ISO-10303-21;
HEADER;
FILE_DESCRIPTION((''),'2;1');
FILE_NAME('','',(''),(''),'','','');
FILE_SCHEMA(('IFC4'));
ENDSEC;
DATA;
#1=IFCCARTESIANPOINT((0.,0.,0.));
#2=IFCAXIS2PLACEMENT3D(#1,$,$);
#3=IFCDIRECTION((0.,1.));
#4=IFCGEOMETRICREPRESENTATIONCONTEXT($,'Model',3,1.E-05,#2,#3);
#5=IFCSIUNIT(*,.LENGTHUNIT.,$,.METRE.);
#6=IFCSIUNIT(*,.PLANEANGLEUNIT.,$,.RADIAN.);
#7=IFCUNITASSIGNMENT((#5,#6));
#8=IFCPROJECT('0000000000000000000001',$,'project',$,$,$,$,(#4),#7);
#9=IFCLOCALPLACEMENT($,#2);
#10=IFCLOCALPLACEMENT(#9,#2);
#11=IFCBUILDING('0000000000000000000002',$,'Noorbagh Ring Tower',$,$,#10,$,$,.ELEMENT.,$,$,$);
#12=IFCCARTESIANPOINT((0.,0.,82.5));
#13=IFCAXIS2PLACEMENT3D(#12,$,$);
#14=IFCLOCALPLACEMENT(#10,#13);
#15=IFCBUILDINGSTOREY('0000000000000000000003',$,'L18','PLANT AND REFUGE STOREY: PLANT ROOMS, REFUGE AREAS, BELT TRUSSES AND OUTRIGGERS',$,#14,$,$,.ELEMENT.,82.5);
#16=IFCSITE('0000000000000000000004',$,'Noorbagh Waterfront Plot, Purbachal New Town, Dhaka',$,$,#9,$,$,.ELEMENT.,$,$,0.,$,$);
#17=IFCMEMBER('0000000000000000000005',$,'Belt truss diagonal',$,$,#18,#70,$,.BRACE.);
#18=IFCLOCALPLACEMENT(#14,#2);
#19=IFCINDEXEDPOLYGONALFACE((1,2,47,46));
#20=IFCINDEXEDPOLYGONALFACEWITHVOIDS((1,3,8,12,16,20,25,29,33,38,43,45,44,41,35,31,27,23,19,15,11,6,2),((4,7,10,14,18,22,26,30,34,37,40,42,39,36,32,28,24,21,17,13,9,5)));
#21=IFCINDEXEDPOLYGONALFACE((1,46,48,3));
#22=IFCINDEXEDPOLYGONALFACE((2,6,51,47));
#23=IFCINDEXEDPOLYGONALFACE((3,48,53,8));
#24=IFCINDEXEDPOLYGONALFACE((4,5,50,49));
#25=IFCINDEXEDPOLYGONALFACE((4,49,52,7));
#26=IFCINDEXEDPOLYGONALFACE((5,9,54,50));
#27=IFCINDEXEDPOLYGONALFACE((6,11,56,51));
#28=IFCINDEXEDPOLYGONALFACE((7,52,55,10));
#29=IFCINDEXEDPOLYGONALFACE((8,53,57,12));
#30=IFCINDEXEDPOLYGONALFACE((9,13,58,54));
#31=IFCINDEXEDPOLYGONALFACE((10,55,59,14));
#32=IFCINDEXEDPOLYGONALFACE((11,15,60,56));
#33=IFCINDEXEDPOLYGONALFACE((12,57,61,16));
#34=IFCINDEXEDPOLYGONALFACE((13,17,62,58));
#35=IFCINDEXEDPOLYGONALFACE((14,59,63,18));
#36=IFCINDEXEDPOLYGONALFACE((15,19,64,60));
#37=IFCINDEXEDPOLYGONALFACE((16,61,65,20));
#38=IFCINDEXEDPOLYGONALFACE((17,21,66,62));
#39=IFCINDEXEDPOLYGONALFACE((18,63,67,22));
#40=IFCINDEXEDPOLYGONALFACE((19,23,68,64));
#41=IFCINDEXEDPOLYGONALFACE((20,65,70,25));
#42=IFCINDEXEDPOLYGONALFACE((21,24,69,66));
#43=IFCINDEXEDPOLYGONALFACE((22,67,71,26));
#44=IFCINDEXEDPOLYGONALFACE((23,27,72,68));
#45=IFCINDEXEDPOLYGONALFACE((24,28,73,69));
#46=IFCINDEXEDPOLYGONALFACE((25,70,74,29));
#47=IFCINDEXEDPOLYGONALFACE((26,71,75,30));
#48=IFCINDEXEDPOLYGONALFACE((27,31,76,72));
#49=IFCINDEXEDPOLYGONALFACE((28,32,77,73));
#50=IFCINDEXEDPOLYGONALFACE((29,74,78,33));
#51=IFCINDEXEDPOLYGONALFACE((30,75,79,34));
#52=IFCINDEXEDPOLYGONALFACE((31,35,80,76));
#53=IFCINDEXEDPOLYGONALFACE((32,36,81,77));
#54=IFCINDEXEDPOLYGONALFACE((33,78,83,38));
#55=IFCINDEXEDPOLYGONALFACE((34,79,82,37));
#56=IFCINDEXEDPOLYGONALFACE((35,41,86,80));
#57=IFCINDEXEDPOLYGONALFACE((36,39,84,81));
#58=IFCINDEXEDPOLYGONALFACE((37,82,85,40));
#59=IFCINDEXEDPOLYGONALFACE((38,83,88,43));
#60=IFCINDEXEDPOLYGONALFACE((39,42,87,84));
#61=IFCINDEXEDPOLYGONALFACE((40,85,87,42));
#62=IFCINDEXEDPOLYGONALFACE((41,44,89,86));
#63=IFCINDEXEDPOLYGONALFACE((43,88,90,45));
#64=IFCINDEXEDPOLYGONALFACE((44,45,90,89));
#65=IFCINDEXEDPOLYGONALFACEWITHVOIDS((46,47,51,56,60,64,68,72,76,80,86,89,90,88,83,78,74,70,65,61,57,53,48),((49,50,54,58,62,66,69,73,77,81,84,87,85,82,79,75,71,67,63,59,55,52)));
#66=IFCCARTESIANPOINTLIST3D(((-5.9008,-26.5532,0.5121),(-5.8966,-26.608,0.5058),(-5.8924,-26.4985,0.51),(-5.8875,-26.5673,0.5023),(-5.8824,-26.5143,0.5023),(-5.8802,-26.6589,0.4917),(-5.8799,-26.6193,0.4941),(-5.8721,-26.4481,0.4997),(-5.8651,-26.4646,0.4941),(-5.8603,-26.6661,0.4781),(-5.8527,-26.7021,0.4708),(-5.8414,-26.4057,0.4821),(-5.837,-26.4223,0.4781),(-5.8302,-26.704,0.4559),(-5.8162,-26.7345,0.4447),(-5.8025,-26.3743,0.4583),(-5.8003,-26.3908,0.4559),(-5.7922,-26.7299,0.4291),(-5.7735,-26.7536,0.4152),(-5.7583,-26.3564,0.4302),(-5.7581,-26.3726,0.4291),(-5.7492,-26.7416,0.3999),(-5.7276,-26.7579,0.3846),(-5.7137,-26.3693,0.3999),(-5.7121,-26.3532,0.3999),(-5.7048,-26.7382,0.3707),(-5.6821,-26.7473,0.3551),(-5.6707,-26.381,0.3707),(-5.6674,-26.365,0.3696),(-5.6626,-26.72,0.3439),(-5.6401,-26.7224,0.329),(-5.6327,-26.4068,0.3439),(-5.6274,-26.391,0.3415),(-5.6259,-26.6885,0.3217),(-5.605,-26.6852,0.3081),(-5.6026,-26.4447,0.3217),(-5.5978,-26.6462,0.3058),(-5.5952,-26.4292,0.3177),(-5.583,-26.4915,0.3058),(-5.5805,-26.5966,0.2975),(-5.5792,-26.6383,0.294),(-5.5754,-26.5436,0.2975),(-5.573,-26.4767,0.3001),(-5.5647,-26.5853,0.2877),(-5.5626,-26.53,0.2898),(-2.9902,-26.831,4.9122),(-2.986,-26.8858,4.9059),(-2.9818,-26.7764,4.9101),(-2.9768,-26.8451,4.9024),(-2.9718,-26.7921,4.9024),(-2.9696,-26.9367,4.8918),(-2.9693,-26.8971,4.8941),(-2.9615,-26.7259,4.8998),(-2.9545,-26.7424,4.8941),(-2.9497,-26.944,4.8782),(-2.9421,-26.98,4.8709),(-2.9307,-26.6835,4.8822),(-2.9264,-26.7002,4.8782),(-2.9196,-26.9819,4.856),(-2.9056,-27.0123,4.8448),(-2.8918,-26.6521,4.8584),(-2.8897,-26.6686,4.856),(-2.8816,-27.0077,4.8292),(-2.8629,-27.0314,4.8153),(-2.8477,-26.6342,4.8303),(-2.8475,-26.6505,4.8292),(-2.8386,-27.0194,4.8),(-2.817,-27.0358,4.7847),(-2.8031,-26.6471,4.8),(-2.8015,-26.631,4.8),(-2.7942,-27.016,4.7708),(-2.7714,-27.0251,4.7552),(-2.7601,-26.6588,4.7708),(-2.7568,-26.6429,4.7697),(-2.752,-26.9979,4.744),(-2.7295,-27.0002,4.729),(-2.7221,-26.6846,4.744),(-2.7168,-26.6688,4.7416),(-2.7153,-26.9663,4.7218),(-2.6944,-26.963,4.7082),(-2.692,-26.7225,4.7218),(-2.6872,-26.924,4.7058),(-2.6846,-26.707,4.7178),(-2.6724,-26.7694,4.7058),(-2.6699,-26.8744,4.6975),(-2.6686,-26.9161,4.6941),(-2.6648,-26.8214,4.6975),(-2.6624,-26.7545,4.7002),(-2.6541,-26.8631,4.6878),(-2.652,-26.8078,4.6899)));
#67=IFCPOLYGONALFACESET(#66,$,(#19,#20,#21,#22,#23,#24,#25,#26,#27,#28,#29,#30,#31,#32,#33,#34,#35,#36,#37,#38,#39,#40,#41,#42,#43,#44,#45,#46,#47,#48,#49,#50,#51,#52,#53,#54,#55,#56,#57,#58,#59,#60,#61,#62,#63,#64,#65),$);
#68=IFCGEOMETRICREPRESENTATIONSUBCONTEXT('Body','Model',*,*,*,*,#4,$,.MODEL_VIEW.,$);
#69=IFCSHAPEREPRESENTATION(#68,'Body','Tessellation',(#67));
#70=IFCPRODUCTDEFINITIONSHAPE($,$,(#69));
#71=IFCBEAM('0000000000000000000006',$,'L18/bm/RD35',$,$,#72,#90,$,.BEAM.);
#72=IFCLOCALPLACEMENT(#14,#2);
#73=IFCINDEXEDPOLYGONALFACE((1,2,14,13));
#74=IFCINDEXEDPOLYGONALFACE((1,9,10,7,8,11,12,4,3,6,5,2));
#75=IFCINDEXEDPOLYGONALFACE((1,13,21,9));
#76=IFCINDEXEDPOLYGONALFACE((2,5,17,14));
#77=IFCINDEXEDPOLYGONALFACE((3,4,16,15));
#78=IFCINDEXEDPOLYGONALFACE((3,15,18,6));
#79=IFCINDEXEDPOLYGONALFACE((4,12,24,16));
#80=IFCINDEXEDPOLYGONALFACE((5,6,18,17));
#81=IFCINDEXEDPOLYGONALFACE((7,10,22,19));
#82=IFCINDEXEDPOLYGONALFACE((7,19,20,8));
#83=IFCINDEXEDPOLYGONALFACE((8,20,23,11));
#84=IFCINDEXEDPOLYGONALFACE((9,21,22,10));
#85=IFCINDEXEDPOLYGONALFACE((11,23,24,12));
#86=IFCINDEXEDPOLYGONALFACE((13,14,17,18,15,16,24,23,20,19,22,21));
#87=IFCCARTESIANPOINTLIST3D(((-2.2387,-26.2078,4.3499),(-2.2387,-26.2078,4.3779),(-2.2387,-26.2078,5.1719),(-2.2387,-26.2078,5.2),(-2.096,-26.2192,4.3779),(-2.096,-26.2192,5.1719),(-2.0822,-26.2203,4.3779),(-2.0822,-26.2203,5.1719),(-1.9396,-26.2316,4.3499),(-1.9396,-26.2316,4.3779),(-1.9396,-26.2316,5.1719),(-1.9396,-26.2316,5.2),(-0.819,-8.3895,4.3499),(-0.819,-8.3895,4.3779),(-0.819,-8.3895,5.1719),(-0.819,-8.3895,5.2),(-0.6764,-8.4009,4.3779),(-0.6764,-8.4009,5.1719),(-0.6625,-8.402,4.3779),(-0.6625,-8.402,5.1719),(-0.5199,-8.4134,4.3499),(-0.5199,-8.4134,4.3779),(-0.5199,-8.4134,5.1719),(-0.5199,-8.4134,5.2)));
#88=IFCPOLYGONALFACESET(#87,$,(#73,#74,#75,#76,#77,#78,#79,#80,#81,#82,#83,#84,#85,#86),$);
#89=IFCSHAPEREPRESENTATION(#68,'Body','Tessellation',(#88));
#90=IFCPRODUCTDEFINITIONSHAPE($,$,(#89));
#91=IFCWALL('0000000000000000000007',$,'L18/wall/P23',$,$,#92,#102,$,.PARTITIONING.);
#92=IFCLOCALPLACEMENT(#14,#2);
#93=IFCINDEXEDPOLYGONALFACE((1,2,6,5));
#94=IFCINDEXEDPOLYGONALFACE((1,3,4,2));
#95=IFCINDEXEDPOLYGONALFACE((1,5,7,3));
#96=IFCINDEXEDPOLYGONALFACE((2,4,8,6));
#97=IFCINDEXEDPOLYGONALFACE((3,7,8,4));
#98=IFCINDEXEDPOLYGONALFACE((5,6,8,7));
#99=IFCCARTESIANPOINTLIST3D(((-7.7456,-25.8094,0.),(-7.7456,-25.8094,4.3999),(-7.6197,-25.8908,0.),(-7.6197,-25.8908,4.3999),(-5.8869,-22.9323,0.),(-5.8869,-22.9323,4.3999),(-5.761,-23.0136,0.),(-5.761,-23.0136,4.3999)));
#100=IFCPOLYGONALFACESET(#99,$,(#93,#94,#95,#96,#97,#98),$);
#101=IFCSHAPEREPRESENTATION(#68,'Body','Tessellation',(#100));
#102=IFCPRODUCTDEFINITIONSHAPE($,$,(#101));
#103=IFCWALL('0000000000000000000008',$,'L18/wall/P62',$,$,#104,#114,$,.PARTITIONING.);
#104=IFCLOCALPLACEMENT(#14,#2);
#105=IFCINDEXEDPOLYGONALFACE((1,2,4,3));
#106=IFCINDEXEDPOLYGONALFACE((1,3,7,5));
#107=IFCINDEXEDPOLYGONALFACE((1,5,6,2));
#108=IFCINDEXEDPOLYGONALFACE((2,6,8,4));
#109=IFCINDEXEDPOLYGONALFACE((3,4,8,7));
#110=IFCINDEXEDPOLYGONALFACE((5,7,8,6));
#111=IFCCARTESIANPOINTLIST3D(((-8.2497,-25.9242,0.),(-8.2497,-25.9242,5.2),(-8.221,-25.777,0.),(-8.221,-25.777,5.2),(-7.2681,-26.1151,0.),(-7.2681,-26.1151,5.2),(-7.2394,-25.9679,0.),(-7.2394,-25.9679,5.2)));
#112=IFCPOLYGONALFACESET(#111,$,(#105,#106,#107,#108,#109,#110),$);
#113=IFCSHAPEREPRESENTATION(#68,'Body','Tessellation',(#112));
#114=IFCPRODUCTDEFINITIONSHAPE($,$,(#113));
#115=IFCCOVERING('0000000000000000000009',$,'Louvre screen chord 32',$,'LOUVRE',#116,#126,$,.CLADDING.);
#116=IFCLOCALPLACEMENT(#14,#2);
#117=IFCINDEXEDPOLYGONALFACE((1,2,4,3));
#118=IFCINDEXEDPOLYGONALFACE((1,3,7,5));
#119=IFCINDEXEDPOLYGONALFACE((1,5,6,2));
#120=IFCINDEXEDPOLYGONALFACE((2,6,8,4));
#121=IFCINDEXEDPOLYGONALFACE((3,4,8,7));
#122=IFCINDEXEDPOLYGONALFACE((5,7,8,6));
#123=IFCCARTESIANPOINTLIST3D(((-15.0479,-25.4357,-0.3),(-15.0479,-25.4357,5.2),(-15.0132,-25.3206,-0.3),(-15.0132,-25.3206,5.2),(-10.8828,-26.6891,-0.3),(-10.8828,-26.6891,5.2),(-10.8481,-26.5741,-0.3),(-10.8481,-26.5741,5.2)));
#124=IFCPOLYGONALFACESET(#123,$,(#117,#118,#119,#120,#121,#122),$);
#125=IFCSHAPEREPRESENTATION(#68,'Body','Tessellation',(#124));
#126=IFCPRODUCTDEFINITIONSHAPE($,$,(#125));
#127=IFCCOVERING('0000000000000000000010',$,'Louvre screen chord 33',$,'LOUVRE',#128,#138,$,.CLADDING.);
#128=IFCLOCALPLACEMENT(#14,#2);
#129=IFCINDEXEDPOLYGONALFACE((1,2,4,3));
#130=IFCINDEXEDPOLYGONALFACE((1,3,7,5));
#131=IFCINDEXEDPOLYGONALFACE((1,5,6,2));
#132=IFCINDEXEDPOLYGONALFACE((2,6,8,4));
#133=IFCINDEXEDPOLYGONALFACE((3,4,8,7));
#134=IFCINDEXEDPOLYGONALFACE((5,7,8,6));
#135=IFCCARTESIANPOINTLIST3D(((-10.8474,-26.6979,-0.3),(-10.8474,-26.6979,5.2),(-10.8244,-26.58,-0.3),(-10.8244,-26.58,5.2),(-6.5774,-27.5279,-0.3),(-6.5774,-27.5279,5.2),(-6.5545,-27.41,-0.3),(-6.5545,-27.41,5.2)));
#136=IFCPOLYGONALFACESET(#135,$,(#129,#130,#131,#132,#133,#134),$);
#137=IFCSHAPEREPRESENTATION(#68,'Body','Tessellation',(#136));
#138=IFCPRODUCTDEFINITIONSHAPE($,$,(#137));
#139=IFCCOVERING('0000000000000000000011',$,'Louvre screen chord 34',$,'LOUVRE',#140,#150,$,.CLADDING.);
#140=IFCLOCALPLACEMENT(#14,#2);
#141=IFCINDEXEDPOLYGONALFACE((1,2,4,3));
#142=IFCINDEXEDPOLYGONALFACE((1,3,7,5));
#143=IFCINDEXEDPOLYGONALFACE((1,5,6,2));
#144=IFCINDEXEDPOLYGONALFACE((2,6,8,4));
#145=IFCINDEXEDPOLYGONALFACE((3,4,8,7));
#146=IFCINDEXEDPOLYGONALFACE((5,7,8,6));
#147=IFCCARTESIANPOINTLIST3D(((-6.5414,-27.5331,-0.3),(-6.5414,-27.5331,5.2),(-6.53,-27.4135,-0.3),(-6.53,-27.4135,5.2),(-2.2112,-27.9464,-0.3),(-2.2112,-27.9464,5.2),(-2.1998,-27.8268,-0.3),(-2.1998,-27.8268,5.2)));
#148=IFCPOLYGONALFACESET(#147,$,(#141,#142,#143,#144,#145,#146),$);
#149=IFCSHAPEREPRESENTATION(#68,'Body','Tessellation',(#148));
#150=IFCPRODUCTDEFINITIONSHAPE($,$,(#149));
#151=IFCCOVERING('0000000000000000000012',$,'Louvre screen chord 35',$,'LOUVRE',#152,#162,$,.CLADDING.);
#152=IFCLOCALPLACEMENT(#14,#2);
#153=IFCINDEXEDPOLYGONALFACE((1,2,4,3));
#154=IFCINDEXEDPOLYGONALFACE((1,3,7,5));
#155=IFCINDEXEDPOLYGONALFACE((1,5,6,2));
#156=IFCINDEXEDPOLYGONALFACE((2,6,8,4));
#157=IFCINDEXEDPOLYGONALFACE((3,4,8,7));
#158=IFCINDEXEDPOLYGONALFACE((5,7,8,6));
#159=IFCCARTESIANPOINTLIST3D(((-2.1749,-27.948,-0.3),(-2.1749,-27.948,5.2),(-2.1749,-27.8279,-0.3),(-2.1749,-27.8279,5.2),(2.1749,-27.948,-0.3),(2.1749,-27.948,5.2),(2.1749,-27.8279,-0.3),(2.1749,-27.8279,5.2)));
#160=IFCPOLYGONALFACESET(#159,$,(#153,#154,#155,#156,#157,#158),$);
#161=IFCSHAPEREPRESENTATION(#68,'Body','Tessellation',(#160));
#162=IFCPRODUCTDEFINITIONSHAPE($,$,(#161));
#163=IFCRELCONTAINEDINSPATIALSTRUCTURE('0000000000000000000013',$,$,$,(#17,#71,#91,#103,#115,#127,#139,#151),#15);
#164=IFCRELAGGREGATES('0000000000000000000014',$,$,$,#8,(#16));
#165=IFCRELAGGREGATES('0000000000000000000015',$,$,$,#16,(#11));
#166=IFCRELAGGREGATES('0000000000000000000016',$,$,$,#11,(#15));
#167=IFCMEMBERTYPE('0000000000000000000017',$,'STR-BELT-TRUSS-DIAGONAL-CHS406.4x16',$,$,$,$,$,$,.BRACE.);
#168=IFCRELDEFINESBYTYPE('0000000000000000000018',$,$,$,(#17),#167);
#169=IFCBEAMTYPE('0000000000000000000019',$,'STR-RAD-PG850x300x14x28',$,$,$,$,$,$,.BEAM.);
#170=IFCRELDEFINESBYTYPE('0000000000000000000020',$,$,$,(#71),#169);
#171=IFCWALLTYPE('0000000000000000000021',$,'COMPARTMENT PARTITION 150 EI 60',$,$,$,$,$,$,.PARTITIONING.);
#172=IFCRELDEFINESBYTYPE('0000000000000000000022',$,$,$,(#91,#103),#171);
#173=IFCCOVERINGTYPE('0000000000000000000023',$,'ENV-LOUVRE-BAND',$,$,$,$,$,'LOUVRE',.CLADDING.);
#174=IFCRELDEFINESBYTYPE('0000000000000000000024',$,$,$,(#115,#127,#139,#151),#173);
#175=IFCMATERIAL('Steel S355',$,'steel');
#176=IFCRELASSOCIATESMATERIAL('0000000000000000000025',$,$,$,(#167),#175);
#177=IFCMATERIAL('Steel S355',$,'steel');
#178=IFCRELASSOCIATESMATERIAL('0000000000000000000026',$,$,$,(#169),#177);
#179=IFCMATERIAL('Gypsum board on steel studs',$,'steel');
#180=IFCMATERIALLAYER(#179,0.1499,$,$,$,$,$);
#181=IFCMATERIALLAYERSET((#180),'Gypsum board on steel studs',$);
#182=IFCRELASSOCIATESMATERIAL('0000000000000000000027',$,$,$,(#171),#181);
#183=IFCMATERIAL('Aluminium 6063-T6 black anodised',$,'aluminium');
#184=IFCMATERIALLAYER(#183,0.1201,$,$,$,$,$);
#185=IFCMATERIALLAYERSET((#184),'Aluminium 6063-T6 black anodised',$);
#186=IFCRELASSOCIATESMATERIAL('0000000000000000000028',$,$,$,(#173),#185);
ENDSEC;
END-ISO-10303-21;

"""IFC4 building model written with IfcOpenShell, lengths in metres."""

from ifc_helpers import new_model, si_unit, direction, frame, frame_2d, origin, origin_2d, place, context, subcontext, project, spatial, rectangle, hollow_circle, i_section, extrude, material, layer, layer_set, material_profile, profile_set, type_object, element, save


model = new_model("IFC4")

# Units and contexts
model_context = context("Model", 3, precision=1e-05, world=origin(), true_north=direction((0.0, 1.0)))
body_context = subcontext(model_context, "Body", "Model", "MODEL_VIEW")
ifc_project = project(units=[si_unit("LENGTHUNIT", "METRE"), si_unit("PLANEANGLEUNIT", "RADIAN")], contexts=[model_context])

# Site, building, storey
site_placement = place(None, origin())
site = spatial("IfcSite", under=ifc_project, at=site_placement, Name="Noorbagh Waterfront Plot, Purbachal New Town, Dhaka", CompositionType="ELEMENT", RefElevation=0.0)
building_placement = place(site_placement, origin())
building = spatial("IfcBuilding", under=site, at=building_placement, Name="Noorbagh Ring Tower", CompositionType="ELEMENT")
storey_placement = place(building_placement, frame((0.0, 0.0, 82.5)))
storey = spatial("IfcBuildingStorey", under=building, at=storey_placement, Name="L18", Description="PLANT AND REFUGE STOREY: PLANT ROOMS, REFUGE AREAS, BELT TRUSSES AND OUTRIGGERS", CompositionType="ELEMENT", Elevation=82.5)

# Member
ifc_material_1 = material(Name="Steel S355", Category="steel")
ifc_material_profile_1 = material_profile(ifc_material_1, hollow_circle(Radius=0.2031, WallThickness=0.0161, at=origin_2d()), Name="CHS406.4x16")
ifc_profile_set_1 = profile_set([ifc_material_profile_1], Name="Steel S355")
member_type = type_object("IfcMemberType", Name="STR-BELT-TRUSS-DIAGONAL-CHS406.4x16", PredefinedType="BRACE", material=ifc_profile_set_1)
member_1_placement = place(storey_placement, frame((-5.7314, -26.5554, 0.3999), z_axis=(0.550943, -0.05259, 0.832884), x_axis=(0.095022, 0.995475, 0.0)))
element("IfcMember", 1, at=member_1_placement, inside=storey, type_object=member_type, Name="Belt truss diagonal", PredefinedType="BRACE", context=body_context, shape_type="SweptSolid", body=[
    extrude(hollow_circle(Radius=0.2031, WallThickness=0.0161, at=origin_2d()), origin(), (0.0, 0.0, 1.0), 5.283),
])

# Beam
ifc_material_2 = material(Name="Steel S355", Category="steel")
ifc_material_profile_2 = material_profile(ifc_material_2, i_section(OverallWidth=0.3, OverallDepth=0.8501, WebThickness=0.0139, FlangeThickness=0.0281, at=origin_2d()), Name="PG850x300x14x28")
ifc_profile_set_2 = profile_set([ifc_material_profile_2], Name="Steel S355")
beam_type_1 = type_object("IfcBeamType", Name="STR-RAD-PG850x300x14x28", PredefinedType="BEAM", material=ifc_profile_set_2)
beam_1_placement = place(storey_placement, frame((-2.0891, -26.2197, 4.7749), z_axis=(0.079423, 0.996841, 0.0), x_axis=(-0.996841, 0.079423, 0.0)))
element("IfcBeam", 2, at=beam_1_placement, inside=storey, type_object=beam_type_1, Name="L18/bm/RD35", PredefinedType="BEAM", context=body_context, shape_type="SweptSolid", body=[
    extrude(i_section(OverallWidth=0.3, OverallDepth=0.8501, WebThickness=0.0139, FlangeThickness=0.0281, at=origin_2d()), origin(), (0.0, 0.0, 1.0), 17.8748),
])

# Walls
ifc_material_3 = material(Name="Gypsum board on steel studs", Category="steel")
ifc_layer_1 = layer(ifc_material_3, 0.1499)
ifc_layer_set_1 = layer_set([ifc_layer_1], Name="Gypsum board on steel studs")
wall_type = type_object("IfcWallType", Name="COMPARTMENT PARTITION 150 EI 60", PredefinedType="PARTITIONING", material=ifc_layer_set_1)
wall_1_placement = place(storey_placement, frame((-7.6826, -25.8501, 0.0), z_axis=(0.0, 0.0, 1.0), x_axis=(0.542619, 0.839979, 0.0)))
element("IfcWall", 3, at=wall_1_placement, inside=storey, type_object=wall_type, Name="L18/wall/P23", PredefinedType="PARTITIONING", context=body_context, shape_type="SweptSolid", body=[
    extrude(rectangle(XDim=3.4253, YDim=0.1499, at=frame_2d((1.7126, 0.0))), origin(), (0.0, 0.0, 1.0), 4.3999),
])
wall_2_placement = place(storey_placement, frame((-8.2354, -25.8506, 0.0), z_axis=(0.0, 0.0, 1.0), x_axis=(0.981609, -0.190902, 0.0)))
element("IfcWall", 4, at=wall_2_placement, inside=storey, type_object=wall_type, Name="L18/wall/P62", PredefinedType="PARTITIONING", context=body_context, shape_type="SweptSolid", body=[
    extrude(rectangle(XDim=1.0, YDim=0.1499, at=frame_2d((0.5, 0.0))), origin(), (0.0, 0.0, 1.0), 5.2),
])

# Coverings
ifc_material_4 = material(Name="Aluminium 6063-T6 black anodised", Category="aluminium")
ifc_layer_2 = layer(ifc_material_4, 0.1201)
ifc_layer_set_2 = layer_set([ifc_layer_2], Name="Aluminium 6063-T6 black anodised")
covering_type_1 = type_object("IfcCoveringType", Name="ENV-LOUVRE-BAND", ElementType="LOUVRE", PredefinedType="CLADDING", material=ifc_layer_set_2)
covering_1_placement = place(storey_placement, frame((-12.948, -26.0049, -0.3), z_axis=(0.0, 0.0, 1.0), x_axis=(0.957578, -0.288174, 0.0)))
element("IfcCovering", 5, at=covering_1_placement, inside=storey, type_object=covering_type_1, Name="Louvre screen chord 32", ObjectType="LOUVRE", PredefinedType="CLADDING", context=body_context, shape_type="SweptSolid", body=[
    extrude(rectangle(XDim=4.3496, YDim=0.1201, at=origin_2d()), origin(), (0.0, 0.0, 1.0), 5.5),
])
for number, where, z_axis, x_axis, name in (
    (6, (-8.7009, -27.054, -0.3), (0.0, 0.0, 1.0), (0.981625, -0.19082, 0.0), "Louvre screen chord 33"),
    (7, (-4.3706, -27.6799, -0.3), (0.0, 0.0, 1.0), (0.995476, -0.095008, 0.0), "Louvre screen chord 34"),
    (8, (0.0, -27.8879, -0.3), (0.0, 0.0, 1.0), (1.0, 0.0, 0.0), "Louvre screen chord 35"),
):
    element("IfcCovering", number, at=place(storey_placement, frame(where, z_axis=z_axis, x_axis=x_axis)), inside=storey, type_object=covering_type_1, Name=name, ObjectType="LOUVRE", PredefinedType="CLADDING", context=body_context, shape_type="SweptSolid", body=[
        extrude(rectangle(XDim=4.3499, YDim=0.1201, at=origin_2d()), origin(), (0.0, 0.0, 1.0), 5.5),
    ])

save(model, "model.ifc")
